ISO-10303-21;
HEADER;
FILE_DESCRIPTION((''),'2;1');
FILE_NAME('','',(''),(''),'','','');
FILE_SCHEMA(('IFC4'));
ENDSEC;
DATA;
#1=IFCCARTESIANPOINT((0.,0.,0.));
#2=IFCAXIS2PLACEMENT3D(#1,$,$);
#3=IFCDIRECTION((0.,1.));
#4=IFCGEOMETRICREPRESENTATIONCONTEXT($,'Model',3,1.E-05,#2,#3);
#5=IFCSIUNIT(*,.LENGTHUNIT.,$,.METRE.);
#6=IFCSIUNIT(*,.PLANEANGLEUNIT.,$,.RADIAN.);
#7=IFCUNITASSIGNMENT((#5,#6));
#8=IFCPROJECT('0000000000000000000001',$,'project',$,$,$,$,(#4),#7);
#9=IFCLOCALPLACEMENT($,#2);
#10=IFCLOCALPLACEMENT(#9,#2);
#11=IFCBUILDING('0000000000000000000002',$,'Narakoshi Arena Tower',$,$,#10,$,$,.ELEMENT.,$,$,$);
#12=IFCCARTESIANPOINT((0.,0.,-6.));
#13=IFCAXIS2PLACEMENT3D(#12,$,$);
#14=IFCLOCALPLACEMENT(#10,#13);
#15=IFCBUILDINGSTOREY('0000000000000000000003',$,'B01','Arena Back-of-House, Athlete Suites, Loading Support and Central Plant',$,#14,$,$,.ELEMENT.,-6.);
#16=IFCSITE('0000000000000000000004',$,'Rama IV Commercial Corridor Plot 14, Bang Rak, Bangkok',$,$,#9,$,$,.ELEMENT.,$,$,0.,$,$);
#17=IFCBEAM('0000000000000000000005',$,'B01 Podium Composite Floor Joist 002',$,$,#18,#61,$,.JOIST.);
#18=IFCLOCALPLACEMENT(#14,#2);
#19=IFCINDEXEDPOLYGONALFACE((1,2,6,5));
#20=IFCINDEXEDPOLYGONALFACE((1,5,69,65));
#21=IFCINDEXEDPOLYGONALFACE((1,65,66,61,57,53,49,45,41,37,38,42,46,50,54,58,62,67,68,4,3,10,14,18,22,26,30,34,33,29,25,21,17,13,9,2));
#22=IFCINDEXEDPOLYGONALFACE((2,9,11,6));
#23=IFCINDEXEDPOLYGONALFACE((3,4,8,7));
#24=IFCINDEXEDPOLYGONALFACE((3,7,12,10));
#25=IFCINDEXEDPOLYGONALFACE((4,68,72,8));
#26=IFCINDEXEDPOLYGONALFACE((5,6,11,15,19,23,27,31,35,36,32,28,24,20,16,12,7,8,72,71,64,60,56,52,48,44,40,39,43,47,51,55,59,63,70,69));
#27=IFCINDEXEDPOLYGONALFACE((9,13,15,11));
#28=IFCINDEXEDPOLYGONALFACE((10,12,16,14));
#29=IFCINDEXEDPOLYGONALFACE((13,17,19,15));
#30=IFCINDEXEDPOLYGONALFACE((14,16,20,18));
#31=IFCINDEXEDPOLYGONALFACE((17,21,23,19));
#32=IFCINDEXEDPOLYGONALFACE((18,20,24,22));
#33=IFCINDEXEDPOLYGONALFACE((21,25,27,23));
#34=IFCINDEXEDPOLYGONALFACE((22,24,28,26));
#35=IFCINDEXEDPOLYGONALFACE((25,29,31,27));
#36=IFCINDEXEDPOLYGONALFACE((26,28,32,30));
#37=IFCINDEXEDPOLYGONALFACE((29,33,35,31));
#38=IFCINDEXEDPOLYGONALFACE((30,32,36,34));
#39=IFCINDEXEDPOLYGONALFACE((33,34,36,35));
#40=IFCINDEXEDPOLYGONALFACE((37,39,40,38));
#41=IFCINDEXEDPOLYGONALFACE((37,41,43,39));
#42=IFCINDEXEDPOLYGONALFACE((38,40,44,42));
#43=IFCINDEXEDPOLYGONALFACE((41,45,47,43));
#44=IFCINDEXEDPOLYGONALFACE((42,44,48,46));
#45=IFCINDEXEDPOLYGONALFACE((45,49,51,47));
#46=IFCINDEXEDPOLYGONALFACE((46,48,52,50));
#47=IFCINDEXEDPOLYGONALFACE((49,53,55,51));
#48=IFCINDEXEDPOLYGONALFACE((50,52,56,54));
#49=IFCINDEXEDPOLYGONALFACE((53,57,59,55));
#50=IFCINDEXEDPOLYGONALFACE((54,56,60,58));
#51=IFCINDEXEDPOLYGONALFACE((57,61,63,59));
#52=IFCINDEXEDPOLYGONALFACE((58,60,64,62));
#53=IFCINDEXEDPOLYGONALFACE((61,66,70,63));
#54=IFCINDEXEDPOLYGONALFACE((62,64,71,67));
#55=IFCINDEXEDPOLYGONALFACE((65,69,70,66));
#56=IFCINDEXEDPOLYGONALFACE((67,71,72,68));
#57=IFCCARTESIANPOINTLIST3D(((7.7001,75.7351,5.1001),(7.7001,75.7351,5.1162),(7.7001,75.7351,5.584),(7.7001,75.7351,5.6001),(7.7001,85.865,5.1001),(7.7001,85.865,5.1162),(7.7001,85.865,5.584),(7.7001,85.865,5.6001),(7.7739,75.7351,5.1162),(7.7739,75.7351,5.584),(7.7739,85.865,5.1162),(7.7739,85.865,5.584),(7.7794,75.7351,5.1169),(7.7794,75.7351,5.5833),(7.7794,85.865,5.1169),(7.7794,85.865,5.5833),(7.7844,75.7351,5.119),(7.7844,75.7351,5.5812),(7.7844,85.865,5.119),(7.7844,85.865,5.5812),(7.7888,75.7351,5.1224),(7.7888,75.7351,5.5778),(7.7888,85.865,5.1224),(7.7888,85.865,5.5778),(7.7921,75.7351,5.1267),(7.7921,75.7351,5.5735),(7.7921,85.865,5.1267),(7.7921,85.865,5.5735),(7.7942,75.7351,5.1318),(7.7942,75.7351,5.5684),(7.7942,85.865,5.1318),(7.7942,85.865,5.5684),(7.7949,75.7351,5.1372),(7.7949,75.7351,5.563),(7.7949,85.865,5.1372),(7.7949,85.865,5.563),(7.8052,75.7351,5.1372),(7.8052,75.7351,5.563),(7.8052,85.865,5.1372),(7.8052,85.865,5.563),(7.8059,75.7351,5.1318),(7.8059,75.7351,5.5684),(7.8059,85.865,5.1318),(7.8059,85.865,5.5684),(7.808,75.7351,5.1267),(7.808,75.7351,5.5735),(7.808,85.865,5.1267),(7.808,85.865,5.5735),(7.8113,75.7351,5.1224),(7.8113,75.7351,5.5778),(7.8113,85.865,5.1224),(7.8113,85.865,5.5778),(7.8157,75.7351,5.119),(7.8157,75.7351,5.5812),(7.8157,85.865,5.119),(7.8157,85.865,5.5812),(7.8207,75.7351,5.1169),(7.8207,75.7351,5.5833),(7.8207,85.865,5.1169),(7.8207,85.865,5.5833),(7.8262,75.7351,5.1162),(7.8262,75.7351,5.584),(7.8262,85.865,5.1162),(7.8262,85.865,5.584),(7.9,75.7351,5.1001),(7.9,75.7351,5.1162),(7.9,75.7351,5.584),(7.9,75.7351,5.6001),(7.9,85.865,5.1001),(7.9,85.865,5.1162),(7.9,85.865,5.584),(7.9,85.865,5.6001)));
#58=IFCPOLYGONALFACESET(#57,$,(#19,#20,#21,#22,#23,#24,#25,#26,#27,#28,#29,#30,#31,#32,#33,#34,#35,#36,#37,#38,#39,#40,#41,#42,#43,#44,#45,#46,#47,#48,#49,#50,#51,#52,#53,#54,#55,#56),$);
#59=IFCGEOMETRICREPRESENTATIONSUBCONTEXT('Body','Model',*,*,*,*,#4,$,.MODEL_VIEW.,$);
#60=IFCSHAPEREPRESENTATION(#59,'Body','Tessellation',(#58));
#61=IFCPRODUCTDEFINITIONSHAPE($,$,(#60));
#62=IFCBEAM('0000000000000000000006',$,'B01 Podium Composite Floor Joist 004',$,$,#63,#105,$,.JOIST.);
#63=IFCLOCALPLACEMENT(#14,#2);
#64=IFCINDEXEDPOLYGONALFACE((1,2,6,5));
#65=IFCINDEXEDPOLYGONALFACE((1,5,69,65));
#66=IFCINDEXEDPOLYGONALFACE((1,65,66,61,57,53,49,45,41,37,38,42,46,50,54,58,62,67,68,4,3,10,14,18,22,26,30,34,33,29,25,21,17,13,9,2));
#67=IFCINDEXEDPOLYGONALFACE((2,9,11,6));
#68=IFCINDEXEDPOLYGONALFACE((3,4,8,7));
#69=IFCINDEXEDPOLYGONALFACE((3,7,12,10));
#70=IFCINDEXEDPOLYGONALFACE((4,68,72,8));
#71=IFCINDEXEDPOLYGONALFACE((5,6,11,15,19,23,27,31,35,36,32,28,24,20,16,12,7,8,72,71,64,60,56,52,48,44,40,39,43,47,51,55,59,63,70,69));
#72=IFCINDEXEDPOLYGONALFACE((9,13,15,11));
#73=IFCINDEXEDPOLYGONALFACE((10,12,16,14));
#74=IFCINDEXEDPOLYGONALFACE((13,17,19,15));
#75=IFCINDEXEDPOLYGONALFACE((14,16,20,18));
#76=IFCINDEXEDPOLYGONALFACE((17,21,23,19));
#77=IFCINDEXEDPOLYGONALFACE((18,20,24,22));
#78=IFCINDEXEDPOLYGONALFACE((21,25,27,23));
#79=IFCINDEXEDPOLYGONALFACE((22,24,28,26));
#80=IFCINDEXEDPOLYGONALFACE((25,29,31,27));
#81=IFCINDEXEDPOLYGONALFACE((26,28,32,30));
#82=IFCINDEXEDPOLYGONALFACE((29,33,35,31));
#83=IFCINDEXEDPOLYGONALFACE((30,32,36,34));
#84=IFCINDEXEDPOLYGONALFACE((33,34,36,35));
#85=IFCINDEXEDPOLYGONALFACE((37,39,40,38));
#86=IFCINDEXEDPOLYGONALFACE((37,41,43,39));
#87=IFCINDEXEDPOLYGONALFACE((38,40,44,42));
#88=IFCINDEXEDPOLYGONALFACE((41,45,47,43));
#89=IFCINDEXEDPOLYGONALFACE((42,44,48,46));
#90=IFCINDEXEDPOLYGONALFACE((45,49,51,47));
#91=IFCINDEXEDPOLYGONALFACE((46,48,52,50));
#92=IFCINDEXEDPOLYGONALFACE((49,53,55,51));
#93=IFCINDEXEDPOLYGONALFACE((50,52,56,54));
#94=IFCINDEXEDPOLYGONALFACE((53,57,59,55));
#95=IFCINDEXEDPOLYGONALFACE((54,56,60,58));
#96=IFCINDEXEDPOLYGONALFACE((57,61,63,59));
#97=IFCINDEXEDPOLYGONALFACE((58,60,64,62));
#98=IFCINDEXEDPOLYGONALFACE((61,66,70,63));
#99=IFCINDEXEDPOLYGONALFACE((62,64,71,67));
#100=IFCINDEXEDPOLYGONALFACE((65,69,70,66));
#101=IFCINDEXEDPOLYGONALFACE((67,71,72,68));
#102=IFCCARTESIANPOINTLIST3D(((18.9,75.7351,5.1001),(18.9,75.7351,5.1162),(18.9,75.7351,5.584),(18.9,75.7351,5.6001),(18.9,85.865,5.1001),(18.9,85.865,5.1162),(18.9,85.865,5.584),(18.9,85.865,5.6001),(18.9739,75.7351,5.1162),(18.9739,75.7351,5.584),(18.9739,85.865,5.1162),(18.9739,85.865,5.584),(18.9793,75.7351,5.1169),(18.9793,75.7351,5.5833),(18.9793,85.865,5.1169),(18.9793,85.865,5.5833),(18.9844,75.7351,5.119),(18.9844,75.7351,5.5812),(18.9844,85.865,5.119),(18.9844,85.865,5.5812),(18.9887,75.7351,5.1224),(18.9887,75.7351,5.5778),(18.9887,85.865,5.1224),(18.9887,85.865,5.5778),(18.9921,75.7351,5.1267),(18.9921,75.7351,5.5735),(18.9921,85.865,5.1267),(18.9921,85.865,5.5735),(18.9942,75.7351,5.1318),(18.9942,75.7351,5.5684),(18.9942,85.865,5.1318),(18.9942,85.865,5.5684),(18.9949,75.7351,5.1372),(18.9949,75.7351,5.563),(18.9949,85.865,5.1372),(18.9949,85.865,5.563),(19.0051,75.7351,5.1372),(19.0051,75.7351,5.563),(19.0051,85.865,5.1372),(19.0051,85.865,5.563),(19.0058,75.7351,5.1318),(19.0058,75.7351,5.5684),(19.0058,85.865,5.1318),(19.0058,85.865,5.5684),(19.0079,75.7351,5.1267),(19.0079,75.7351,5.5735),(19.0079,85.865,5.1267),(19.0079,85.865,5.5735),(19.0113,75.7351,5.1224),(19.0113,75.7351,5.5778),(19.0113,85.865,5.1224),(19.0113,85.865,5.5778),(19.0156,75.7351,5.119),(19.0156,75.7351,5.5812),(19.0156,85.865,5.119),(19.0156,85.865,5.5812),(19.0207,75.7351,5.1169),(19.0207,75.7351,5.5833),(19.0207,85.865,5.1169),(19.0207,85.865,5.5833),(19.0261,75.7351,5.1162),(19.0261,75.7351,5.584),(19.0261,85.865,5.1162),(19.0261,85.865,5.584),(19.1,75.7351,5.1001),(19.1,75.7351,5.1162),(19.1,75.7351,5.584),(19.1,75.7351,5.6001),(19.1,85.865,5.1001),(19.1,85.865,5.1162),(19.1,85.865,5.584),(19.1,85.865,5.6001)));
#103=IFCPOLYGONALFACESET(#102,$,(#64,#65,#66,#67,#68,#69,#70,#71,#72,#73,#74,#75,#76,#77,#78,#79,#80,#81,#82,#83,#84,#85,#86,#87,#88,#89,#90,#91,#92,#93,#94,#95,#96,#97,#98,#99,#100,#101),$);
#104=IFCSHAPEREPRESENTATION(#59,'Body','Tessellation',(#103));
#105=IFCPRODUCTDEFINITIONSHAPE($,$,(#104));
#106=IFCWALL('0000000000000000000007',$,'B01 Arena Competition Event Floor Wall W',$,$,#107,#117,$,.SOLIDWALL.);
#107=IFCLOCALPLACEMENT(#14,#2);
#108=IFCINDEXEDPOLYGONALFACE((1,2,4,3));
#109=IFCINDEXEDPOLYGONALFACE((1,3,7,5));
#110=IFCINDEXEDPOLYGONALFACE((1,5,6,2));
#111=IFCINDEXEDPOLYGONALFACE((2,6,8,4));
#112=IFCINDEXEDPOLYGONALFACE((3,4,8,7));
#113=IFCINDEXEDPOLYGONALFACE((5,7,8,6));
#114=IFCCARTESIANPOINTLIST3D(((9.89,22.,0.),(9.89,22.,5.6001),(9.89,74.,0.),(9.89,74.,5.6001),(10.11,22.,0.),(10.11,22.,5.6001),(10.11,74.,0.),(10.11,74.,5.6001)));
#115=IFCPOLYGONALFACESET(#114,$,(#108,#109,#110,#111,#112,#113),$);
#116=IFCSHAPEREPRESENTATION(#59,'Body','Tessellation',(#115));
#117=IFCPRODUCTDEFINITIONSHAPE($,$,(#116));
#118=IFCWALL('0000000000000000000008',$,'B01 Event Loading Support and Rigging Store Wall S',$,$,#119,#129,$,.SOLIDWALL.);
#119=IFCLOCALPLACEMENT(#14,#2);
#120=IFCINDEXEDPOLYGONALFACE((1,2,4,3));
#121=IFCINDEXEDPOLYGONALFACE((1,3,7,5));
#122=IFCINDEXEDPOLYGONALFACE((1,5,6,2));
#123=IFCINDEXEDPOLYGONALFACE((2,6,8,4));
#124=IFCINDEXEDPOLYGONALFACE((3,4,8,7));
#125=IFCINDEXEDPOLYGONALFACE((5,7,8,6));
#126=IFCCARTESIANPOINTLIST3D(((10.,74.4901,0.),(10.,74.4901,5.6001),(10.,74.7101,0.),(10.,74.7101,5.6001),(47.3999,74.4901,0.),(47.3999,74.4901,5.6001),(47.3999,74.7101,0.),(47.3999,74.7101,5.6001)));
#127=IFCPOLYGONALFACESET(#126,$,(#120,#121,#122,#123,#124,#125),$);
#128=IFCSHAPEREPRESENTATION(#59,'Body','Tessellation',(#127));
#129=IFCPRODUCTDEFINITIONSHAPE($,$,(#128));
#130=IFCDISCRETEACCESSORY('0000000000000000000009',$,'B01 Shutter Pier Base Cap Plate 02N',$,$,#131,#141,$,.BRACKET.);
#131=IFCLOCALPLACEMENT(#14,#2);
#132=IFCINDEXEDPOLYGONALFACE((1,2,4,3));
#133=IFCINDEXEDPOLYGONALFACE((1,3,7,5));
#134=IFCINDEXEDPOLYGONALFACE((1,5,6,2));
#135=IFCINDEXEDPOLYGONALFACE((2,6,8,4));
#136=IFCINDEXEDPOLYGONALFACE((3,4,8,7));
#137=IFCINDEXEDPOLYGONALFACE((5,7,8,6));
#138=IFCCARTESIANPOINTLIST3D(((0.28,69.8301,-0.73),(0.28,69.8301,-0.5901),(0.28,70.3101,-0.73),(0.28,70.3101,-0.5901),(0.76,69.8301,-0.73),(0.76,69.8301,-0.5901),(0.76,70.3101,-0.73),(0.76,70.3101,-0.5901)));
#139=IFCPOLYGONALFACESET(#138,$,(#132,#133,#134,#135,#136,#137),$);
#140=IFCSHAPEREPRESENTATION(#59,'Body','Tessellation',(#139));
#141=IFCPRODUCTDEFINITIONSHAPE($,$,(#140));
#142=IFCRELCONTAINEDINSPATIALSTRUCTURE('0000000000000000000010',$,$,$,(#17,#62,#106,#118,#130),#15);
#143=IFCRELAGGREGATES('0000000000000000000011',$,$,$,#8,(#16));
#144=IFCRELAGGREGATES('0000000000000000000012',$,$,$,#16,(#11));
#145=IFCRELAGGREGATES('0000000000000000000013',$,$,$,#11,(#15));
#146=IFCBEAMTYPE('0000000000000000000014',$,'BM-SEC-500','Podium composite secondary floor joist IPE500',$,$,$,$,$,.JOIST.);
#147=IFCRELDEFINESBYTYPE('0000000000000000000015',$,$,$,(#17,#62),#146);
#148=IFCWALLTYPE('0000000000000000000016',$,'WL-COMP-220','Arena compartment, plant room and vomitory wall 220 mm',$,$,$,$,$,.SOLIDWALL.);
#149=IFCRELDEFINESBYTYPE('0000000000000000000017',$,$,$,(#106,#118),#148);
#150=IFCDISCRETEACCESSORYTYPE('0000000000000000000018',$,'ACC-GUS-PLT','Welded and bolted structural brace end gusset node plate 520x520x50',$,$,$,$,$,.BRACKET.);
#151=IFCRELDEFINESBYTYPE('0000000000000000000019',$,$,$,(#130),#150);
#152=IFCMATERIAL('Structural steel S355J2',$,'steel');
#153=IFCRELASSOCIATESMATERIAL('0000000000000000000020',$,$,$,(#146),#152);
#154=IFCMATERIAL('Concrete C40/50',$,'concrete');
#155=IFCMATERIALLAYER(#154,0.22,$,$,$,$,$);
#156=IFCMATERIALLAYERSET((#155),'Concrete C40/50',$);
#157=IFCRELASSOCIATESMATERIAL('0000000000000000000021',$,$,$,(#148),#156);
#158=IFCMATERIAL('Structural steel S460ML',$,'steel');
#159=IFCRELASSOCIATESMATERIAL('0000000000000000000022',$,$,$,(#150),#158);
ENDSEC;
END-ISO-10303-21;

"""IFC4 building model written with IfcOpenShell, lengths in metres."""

from ifc_helpers import new_model, si_unit, direction, frame, frame_2d, origin, origin_2d, place, context, subcontext, project, spatial, rectangle, i_section, extrude, material, layer, layer_set, material_profile, profile_set, type_object, element, save


model = new_model("IFC4")

# Units and contexts
model_context = context("Model", 3, precision=1e-05, world=origin(), true_north=direction((0.0, 1.0)))
body_context = subcontext(model_context, "Body", "Model", "MODEL_VIEW")
ifc_project = project(units=[si_unit("LENGTHUNIT", "METRE"), si_unit("PLANEANGLEUNIT", "RADIAN")], contexts=[model_context])

# Site, building, storey
site_placement = place(None, origin())
site = spatial("IfcSite", under=ifc_project, at=site_placement, Name="Rama IV Commercial Corridor Plot 14, Bang Rak, Bangkok", CompositionType="ELEMENT", RefElevation=0.0)
building_placement = place(site_placement, origin())
building = spatial("IfcBuilding", under=site, at=building_placement, Name="Narakoshi Arena Tower", CompositionType="ELEMENT")
storey_placement = place(building_placement, frame((0.0, 0.0, -6.0)))
storey = spatial("IfcBuildingStorey", under=building, at=storey_placement, Name="B01", Description="Arena Back-of-House, Athlete Suites, Loading Support and Central Plant", CompositionType="ELEMENT", Elevation=-6.0)

# Shared definitions
ifc_material_1 = material(Name="Structural steel S355J2", Category="steel")

# Beams
ifc_material_profile_1 = material_profile(ifc_material_1, i_section(OverallWidth=0.2, OverallDepth=0.5, WebThickness=0.0103, FlangeThickness=0.0161, FilletRadius=0.021, at=origin_2d()), Name="IPE500")
ifc_profile_set_1 = profile_set([ifc_material_profile_1], Name="Structural steel S355J2")
beam_type_1 = type_object("IfcBeamType", Name="BM-SEC-500", Description="Podium composite secondary floor joist IPE500", PredefinedType="JOIST", material=ifc_profile_set_1)
for number, where, z_axis, x_axis, name in (
    (1, (7.8, 75.7351, 5.3501), (0.0, 1.0, 0.0), (-1.0, 0.0, 0.0), "B01 Podium Composite Floor Joist 002"),
    (2, (19.0, 75.7351, 5.3501), (0.0, 1.0, 0.0), (-1.0, 0.0, 0.0), "B01 Podium Composite Floor Joist 004"),
):
    element("IfcBeam", number, at=place(storey_placement, frame(where, z_axis=z_axis, x_axis=x_axis)), inside=storey, type_object=beam_type_1, Name=name, PredefinedType="JOIST", context=body_context, shape_type="SweptSolid", body=[
        extrude(i_section(OverallWidth=0.2, OverallDepth=0.5, WebThickness=0.0103, FlangeThickness=0.0161, FilletRadius=0.021, at=origin_2d()), origin(), (0.0, 0.0, 1.0), 10.1299),
    ])

# Walls
ifc_material_2 = material(Name="Concrete C40/50", Category="concrete")
ifc_layer_1 = layer(ifc_material_2, 0.22)
ifc_layer_set_1 = layer_set([ifc_layer_1], Name="Concrete C40/50")
wall_type = type_object("IfcWallType", Name="WL-COMP-220", Description="Arena compartment, plant room and vomitory wall 220 mm", PredefinedType="SOLIDWALL", material=ifc_layer_set_1)
wall_1_placement = place(storey_placement, frame((10.0, 74.0, 0.0), z_axis=(0.0, 0.0, 1.0), x_axis=(0.0, -1.0, 0.0)))
element("IfcWall", 3, at=wall_1_placement, inside=storey, type_object=wall_type, Name="B01 Arena Competition Event Floor Wall W", PredefinedType="SOLIDWALL", context=body_context, shape_type="SweptSolid", body=[
    extrude(rectangle(XDim=52.0, YDim=0.22, at=frame_2d((26.0, 0.0))), origin(), (0.0, 0.0, 1.0), 5.6001),
])
wall_2_placement = place(storey_placement, frame((10.0, 74.6001, 0.0), z_axis=(0.0, 0.0, 1.0), x_axis=(1.0, 0.0, 0.0)))
element("IfcWall", 4, at=wall_2_placement, inside=storey, type_object=wall_type, Name="B01 Event Loading Support and Rigging Store Wall S", PredefinedType="SOLIDWALL", context=body_context, shape_type="SweptSolid", body=[
    extrude(rectangle(XDim=37.3999, YDim=0.22, at=frame_2d((18.7, 0.0))), origin(), (0.0, 0.0, 1.0), 5.6001),
])

# Discrete accessory
ifc_material_3 = material(Name="Structural steel S460ML", Category="steel")
discrete_accessory_type = type_object("IfcDiscreteAccessoryType", Name="ACC-GUS-PLT", Description="Welded and bolted structural brace end gusset node plate 520x520x50", PredefinedType="BRACKET", material=ifc_material_3)
discrete_accessory_placement = place(storey_placement, frame((0.52, 70.0701, -0.73), z_axis=(0.0, 0.0, 1.0), x_axis=(1.0, 0.0, 0.0)))
element("IfcDiscreteAccessory", 5, at=discrete_accessory_placement, inside=storey, type_object=discrete_accessory_type, Name="B01 Shutter Pier Base Cap Plate 02N", PredefinedType="BRACKET", context=body_context, shape_type="SweptSolid", body=[
    extrude(rectangle(XDim=0.48, YDim=0.48, at=origin_2d()), origin(), (0.0, 0.0, 1.0), 0.1399),
])

save(model, "model.ifc")
